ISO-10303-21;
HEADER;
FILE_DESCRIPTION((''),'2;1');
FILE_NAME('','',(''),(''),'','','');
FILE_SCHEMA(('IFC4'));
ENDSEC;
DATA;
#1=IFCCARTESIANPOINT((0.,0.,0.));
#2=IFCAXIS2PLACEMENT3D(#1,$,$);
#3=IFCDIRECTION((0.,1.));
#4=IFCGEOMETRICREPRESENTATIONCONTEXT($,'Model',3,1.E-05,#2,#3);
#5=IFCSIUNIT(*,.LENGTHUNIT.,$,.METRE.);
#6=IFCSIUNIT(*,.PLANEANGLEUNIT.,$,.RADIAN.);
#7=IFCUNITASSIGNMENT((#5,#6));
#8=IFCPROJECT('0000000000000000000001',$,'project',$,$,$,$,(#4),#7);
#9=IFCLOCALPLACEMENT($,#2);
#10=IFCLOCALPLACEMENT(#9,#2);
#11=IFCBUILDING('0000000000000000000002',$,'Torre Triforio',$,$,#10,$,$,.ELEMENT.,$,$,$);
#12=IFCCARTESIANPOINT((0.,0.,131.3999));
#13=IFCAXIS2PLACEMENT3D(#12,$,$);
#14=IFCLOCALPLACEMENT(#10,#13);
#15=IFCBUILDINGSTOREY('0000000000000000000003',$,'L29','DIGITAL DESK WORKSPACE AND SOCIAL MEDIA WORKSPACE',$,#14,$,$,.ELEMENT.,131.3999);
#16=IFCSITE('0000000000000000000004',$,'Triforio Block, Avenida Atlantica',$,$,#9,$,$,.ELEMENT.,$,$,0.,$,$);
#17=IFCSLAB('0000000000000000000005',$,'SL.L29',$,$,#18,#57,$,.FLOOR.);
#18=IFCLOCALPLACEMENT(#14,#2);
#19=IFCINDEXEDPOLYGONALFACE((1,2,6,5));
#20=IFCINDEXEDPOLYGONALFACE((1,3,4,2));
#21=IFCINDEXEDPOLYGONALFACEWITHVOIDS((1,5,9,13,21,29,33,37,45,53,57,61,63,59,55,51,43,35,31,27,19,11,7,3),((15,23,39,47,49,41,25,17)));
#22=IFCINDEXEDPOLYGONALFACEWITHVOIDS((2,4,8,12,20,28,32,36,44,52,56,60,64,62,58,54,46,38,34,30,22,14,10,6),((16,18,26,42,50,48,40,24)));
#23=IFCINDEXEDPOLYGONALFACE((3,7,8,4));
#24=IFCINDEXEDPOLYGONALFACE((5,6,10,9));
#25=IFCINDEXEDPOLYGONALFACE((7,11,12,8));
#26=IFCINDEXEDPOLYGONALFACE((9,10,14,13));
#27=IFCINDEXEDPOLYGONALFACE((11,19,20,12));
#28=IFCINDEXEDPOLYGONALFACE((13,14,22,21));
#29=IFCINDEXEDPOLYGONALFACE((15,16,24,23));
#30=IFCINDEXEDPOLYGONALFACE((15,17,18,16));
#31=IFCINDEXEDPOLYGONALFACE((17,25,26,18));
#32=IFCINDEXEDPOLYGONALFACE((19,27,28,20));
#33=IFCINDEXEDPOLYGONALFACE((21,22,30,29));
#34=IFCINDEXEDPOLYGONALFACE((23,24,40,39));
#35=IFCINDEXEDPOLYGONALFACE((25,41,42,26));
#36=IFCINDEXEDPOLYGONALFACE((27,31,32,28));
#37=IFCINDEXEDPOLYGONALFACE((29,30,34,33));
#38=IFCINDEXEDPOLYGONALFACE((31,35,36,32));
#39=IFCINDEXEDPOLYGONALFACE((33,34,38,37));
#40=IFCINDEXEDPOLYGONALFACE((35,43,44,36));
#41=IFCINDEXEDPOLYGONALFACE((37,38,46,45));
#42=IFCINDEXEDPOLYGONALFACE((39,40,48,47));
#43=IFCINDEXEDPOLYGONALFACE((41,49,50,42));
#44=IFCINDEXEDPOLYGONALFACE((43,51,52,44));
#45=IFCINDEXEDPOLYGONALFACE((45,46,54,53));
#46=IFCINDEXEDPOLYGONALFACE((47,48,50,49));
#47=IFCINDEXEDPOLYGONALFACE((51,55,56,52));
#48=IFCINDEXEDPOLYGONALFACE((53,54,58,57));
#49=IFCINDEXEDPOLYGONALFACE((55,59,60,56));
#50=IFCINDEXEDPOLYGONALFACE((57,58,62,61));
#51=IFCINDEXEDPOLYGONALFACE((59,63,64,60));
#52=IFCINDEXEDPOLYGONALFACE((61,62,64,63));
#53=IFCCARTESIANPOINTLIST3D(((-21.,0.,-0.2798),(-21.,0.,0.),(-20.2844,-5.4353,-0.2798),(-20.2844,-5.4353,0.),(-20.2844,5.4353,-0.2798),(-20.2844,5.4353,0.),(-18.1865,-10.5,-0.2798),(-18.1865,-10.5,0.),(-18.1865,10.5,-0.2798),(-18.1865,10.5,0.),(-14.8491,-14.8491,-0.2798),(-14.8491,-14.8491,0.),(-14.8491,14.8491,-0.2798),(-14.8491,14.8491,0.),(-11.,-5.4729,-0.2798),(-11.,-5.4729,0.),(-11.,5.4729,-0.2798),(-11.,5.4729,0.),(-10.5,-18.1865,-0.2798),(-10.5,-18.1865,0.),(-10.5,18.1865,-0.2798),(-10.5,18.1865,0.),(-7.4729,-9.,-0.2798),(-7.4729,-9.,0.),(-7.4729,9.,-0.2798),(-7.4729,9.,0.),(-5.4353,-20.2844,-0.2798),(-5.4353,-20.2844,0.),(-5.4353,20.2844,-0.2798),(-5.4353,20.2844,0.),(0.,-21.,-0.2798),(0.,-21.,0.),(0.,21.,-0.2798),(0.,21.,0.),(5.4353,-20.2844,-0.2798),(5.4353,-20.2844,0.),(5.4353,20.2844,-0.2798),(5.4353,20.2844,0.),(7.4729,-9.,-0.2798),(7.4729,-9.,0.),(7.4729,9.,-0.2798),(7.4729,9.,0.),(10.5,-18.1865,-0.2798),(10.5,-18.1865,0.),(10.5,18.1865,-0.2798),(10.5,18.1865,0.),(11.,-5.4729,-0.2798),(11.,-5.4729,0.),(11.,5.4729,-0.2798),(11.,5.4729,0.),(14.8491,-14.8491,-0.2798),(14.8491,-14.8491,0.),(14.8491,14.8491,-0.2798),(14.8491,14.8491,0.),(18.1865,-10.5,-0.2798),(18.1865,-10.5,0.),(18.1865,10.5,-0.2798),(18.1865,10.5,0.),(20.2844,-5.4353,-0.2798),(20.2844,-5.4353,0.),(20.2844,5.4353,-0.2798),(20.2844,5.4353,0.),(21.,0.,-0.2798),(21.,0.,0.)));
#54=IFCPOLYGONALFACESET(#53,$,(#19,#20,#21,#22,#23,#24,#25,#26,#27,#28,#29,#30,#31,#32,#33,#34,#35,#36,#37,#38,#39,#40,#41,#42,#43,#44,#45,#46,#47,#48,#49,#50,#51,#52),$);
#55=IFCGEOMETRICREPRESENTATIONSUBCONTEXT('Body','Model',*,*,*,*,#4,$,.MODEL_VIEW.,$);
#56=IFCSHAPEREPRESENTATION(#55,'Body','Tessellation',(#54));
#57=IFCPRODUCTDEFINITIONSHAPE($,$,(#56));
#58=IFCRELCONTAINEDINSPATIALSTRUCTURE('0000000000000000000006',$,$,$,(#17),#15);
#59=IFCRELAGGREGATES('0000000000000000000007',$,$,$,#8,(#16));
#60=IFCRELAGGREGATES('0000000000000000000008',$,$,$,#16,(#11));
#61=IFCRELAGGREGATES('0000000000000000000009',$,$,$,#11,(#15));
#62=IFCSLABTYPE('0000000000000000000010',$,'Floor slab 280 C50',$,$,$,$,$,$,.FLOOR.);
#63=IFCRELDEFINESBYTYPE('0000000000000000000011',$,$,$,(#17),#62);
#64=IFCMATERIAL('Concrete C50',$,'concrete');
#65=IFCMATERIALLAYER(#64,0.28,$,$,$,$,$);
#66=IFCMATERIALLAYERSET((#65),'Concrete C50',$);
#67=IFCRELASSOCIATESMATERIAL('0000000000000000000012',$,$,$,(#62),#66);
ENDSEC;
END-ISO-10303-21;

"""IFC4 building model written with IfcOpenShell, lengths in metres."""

from ifc_helpers import new_model, si_unit, direction, frame, origin, place, context, subcontext, project, spatial, polyline, outline, extrude, material, layer, layer_set, type_object, element, save


model = new_model("IFC4")

# Units and contexts
model_context = context("Model", 3, precision=1e-05, world=origin(), true_north=direction((0.0, 1.0)))
body_context = subcontext(model_context, "Body", "Model", "MODEL_VIEW")
ifc_project = project(units=[si_unit("LENGTHUNIT", "METRE"), si_unit("PLANEANGLEUNIT", "RADIAN")], contexts=[model_context])

# Site, building, storey
site_placement = place(None, origin())
site = spatial("IfcSite", under=ifc_project, at=site_placement, Name="Triforio Block, Avenida Atlantica", CompositionType="ELEMENT", RefElevation=0.0)
building_placement = place(site_placement, origin())
building = spatial("IfcBuilding", under=site, at=building_placement, Name="Torre Triforio", CompositionType="ELEMENT")
storey_placement = place(building_placement, frame((0.0, 0.0, 131.3999)))
storey = spatial("IfcBuildingStorey", under=building, at=storey_placement, Name="L29", Description="DIGITAL DESK WORKSPACE AND SOCIAL MEDIA WORKSPACE", CompositionType="ELEMENT", Elevation=131.3999)

# Slab
ifc_material_1 = material(Name="Concrete C50", Category="concrete")
ifc_layer_1 = layer(ifc_material_1, 0.28)
ifc_layer_set_1 = layer_set([ifc_layer_1], Name="Concrete C50")
slab_type_1 = type_object("IfcSlabType", Name="Floor slab 280 C50", PredefinedType="FLOOR", material=ifc_layer_set_1)
slab_1_placement = place(storey_placement, frame((0.0, 0.0, -0.2798)))
element("IfcSlab", 1, at=slab_1_placement, inside=storey, type_object=slab_type_1, Name="SL.L29", PredefinedType="FLOOR", context=body_context, shape_type="SweptSolid", body=[
    extrude(outline(polyline([(18.1865, -10.5), (20.2844, -5.4353), (21.0, 0.0), (20.2844, 5.4353), (18.1865, 10.5), (14.8491, 14.8491), (10.5, 18.1865), (5.4353, 20.2844), (0.0, 21.0), (-5.4353, 20.2844), (-10.5, 18.1865), (-14.8491, 14.8491), (-18.1865, 10.5), (-20.2844, 5.4353), (-21.0, 0.0), (-20.2844, -5.4353), (-18.1865, -10.5), (-14.8491, -14.8491), (-10.5, -18.1865), (-5.4353, -20.2844), (0.0, -21.0), (5.4353, -20.2844), (10.5, -18.1865), (14.8491, -14.8491), (18.1865, -10.5)]), holes=[polyline([(11.0, 5.4729), (11.0, -5.4729), (7.4729, -9.0), (-7.4729, -9.0), (-11.0, -5.4729), (-11.0, 5.4729), (-7.4729, 9.0), (7.4729, 9.0), (11.0, 5.4729)])]), origin(), (0.0, 0.0, 1.0), 0.2798),
])

save(model, "model.ifc")
